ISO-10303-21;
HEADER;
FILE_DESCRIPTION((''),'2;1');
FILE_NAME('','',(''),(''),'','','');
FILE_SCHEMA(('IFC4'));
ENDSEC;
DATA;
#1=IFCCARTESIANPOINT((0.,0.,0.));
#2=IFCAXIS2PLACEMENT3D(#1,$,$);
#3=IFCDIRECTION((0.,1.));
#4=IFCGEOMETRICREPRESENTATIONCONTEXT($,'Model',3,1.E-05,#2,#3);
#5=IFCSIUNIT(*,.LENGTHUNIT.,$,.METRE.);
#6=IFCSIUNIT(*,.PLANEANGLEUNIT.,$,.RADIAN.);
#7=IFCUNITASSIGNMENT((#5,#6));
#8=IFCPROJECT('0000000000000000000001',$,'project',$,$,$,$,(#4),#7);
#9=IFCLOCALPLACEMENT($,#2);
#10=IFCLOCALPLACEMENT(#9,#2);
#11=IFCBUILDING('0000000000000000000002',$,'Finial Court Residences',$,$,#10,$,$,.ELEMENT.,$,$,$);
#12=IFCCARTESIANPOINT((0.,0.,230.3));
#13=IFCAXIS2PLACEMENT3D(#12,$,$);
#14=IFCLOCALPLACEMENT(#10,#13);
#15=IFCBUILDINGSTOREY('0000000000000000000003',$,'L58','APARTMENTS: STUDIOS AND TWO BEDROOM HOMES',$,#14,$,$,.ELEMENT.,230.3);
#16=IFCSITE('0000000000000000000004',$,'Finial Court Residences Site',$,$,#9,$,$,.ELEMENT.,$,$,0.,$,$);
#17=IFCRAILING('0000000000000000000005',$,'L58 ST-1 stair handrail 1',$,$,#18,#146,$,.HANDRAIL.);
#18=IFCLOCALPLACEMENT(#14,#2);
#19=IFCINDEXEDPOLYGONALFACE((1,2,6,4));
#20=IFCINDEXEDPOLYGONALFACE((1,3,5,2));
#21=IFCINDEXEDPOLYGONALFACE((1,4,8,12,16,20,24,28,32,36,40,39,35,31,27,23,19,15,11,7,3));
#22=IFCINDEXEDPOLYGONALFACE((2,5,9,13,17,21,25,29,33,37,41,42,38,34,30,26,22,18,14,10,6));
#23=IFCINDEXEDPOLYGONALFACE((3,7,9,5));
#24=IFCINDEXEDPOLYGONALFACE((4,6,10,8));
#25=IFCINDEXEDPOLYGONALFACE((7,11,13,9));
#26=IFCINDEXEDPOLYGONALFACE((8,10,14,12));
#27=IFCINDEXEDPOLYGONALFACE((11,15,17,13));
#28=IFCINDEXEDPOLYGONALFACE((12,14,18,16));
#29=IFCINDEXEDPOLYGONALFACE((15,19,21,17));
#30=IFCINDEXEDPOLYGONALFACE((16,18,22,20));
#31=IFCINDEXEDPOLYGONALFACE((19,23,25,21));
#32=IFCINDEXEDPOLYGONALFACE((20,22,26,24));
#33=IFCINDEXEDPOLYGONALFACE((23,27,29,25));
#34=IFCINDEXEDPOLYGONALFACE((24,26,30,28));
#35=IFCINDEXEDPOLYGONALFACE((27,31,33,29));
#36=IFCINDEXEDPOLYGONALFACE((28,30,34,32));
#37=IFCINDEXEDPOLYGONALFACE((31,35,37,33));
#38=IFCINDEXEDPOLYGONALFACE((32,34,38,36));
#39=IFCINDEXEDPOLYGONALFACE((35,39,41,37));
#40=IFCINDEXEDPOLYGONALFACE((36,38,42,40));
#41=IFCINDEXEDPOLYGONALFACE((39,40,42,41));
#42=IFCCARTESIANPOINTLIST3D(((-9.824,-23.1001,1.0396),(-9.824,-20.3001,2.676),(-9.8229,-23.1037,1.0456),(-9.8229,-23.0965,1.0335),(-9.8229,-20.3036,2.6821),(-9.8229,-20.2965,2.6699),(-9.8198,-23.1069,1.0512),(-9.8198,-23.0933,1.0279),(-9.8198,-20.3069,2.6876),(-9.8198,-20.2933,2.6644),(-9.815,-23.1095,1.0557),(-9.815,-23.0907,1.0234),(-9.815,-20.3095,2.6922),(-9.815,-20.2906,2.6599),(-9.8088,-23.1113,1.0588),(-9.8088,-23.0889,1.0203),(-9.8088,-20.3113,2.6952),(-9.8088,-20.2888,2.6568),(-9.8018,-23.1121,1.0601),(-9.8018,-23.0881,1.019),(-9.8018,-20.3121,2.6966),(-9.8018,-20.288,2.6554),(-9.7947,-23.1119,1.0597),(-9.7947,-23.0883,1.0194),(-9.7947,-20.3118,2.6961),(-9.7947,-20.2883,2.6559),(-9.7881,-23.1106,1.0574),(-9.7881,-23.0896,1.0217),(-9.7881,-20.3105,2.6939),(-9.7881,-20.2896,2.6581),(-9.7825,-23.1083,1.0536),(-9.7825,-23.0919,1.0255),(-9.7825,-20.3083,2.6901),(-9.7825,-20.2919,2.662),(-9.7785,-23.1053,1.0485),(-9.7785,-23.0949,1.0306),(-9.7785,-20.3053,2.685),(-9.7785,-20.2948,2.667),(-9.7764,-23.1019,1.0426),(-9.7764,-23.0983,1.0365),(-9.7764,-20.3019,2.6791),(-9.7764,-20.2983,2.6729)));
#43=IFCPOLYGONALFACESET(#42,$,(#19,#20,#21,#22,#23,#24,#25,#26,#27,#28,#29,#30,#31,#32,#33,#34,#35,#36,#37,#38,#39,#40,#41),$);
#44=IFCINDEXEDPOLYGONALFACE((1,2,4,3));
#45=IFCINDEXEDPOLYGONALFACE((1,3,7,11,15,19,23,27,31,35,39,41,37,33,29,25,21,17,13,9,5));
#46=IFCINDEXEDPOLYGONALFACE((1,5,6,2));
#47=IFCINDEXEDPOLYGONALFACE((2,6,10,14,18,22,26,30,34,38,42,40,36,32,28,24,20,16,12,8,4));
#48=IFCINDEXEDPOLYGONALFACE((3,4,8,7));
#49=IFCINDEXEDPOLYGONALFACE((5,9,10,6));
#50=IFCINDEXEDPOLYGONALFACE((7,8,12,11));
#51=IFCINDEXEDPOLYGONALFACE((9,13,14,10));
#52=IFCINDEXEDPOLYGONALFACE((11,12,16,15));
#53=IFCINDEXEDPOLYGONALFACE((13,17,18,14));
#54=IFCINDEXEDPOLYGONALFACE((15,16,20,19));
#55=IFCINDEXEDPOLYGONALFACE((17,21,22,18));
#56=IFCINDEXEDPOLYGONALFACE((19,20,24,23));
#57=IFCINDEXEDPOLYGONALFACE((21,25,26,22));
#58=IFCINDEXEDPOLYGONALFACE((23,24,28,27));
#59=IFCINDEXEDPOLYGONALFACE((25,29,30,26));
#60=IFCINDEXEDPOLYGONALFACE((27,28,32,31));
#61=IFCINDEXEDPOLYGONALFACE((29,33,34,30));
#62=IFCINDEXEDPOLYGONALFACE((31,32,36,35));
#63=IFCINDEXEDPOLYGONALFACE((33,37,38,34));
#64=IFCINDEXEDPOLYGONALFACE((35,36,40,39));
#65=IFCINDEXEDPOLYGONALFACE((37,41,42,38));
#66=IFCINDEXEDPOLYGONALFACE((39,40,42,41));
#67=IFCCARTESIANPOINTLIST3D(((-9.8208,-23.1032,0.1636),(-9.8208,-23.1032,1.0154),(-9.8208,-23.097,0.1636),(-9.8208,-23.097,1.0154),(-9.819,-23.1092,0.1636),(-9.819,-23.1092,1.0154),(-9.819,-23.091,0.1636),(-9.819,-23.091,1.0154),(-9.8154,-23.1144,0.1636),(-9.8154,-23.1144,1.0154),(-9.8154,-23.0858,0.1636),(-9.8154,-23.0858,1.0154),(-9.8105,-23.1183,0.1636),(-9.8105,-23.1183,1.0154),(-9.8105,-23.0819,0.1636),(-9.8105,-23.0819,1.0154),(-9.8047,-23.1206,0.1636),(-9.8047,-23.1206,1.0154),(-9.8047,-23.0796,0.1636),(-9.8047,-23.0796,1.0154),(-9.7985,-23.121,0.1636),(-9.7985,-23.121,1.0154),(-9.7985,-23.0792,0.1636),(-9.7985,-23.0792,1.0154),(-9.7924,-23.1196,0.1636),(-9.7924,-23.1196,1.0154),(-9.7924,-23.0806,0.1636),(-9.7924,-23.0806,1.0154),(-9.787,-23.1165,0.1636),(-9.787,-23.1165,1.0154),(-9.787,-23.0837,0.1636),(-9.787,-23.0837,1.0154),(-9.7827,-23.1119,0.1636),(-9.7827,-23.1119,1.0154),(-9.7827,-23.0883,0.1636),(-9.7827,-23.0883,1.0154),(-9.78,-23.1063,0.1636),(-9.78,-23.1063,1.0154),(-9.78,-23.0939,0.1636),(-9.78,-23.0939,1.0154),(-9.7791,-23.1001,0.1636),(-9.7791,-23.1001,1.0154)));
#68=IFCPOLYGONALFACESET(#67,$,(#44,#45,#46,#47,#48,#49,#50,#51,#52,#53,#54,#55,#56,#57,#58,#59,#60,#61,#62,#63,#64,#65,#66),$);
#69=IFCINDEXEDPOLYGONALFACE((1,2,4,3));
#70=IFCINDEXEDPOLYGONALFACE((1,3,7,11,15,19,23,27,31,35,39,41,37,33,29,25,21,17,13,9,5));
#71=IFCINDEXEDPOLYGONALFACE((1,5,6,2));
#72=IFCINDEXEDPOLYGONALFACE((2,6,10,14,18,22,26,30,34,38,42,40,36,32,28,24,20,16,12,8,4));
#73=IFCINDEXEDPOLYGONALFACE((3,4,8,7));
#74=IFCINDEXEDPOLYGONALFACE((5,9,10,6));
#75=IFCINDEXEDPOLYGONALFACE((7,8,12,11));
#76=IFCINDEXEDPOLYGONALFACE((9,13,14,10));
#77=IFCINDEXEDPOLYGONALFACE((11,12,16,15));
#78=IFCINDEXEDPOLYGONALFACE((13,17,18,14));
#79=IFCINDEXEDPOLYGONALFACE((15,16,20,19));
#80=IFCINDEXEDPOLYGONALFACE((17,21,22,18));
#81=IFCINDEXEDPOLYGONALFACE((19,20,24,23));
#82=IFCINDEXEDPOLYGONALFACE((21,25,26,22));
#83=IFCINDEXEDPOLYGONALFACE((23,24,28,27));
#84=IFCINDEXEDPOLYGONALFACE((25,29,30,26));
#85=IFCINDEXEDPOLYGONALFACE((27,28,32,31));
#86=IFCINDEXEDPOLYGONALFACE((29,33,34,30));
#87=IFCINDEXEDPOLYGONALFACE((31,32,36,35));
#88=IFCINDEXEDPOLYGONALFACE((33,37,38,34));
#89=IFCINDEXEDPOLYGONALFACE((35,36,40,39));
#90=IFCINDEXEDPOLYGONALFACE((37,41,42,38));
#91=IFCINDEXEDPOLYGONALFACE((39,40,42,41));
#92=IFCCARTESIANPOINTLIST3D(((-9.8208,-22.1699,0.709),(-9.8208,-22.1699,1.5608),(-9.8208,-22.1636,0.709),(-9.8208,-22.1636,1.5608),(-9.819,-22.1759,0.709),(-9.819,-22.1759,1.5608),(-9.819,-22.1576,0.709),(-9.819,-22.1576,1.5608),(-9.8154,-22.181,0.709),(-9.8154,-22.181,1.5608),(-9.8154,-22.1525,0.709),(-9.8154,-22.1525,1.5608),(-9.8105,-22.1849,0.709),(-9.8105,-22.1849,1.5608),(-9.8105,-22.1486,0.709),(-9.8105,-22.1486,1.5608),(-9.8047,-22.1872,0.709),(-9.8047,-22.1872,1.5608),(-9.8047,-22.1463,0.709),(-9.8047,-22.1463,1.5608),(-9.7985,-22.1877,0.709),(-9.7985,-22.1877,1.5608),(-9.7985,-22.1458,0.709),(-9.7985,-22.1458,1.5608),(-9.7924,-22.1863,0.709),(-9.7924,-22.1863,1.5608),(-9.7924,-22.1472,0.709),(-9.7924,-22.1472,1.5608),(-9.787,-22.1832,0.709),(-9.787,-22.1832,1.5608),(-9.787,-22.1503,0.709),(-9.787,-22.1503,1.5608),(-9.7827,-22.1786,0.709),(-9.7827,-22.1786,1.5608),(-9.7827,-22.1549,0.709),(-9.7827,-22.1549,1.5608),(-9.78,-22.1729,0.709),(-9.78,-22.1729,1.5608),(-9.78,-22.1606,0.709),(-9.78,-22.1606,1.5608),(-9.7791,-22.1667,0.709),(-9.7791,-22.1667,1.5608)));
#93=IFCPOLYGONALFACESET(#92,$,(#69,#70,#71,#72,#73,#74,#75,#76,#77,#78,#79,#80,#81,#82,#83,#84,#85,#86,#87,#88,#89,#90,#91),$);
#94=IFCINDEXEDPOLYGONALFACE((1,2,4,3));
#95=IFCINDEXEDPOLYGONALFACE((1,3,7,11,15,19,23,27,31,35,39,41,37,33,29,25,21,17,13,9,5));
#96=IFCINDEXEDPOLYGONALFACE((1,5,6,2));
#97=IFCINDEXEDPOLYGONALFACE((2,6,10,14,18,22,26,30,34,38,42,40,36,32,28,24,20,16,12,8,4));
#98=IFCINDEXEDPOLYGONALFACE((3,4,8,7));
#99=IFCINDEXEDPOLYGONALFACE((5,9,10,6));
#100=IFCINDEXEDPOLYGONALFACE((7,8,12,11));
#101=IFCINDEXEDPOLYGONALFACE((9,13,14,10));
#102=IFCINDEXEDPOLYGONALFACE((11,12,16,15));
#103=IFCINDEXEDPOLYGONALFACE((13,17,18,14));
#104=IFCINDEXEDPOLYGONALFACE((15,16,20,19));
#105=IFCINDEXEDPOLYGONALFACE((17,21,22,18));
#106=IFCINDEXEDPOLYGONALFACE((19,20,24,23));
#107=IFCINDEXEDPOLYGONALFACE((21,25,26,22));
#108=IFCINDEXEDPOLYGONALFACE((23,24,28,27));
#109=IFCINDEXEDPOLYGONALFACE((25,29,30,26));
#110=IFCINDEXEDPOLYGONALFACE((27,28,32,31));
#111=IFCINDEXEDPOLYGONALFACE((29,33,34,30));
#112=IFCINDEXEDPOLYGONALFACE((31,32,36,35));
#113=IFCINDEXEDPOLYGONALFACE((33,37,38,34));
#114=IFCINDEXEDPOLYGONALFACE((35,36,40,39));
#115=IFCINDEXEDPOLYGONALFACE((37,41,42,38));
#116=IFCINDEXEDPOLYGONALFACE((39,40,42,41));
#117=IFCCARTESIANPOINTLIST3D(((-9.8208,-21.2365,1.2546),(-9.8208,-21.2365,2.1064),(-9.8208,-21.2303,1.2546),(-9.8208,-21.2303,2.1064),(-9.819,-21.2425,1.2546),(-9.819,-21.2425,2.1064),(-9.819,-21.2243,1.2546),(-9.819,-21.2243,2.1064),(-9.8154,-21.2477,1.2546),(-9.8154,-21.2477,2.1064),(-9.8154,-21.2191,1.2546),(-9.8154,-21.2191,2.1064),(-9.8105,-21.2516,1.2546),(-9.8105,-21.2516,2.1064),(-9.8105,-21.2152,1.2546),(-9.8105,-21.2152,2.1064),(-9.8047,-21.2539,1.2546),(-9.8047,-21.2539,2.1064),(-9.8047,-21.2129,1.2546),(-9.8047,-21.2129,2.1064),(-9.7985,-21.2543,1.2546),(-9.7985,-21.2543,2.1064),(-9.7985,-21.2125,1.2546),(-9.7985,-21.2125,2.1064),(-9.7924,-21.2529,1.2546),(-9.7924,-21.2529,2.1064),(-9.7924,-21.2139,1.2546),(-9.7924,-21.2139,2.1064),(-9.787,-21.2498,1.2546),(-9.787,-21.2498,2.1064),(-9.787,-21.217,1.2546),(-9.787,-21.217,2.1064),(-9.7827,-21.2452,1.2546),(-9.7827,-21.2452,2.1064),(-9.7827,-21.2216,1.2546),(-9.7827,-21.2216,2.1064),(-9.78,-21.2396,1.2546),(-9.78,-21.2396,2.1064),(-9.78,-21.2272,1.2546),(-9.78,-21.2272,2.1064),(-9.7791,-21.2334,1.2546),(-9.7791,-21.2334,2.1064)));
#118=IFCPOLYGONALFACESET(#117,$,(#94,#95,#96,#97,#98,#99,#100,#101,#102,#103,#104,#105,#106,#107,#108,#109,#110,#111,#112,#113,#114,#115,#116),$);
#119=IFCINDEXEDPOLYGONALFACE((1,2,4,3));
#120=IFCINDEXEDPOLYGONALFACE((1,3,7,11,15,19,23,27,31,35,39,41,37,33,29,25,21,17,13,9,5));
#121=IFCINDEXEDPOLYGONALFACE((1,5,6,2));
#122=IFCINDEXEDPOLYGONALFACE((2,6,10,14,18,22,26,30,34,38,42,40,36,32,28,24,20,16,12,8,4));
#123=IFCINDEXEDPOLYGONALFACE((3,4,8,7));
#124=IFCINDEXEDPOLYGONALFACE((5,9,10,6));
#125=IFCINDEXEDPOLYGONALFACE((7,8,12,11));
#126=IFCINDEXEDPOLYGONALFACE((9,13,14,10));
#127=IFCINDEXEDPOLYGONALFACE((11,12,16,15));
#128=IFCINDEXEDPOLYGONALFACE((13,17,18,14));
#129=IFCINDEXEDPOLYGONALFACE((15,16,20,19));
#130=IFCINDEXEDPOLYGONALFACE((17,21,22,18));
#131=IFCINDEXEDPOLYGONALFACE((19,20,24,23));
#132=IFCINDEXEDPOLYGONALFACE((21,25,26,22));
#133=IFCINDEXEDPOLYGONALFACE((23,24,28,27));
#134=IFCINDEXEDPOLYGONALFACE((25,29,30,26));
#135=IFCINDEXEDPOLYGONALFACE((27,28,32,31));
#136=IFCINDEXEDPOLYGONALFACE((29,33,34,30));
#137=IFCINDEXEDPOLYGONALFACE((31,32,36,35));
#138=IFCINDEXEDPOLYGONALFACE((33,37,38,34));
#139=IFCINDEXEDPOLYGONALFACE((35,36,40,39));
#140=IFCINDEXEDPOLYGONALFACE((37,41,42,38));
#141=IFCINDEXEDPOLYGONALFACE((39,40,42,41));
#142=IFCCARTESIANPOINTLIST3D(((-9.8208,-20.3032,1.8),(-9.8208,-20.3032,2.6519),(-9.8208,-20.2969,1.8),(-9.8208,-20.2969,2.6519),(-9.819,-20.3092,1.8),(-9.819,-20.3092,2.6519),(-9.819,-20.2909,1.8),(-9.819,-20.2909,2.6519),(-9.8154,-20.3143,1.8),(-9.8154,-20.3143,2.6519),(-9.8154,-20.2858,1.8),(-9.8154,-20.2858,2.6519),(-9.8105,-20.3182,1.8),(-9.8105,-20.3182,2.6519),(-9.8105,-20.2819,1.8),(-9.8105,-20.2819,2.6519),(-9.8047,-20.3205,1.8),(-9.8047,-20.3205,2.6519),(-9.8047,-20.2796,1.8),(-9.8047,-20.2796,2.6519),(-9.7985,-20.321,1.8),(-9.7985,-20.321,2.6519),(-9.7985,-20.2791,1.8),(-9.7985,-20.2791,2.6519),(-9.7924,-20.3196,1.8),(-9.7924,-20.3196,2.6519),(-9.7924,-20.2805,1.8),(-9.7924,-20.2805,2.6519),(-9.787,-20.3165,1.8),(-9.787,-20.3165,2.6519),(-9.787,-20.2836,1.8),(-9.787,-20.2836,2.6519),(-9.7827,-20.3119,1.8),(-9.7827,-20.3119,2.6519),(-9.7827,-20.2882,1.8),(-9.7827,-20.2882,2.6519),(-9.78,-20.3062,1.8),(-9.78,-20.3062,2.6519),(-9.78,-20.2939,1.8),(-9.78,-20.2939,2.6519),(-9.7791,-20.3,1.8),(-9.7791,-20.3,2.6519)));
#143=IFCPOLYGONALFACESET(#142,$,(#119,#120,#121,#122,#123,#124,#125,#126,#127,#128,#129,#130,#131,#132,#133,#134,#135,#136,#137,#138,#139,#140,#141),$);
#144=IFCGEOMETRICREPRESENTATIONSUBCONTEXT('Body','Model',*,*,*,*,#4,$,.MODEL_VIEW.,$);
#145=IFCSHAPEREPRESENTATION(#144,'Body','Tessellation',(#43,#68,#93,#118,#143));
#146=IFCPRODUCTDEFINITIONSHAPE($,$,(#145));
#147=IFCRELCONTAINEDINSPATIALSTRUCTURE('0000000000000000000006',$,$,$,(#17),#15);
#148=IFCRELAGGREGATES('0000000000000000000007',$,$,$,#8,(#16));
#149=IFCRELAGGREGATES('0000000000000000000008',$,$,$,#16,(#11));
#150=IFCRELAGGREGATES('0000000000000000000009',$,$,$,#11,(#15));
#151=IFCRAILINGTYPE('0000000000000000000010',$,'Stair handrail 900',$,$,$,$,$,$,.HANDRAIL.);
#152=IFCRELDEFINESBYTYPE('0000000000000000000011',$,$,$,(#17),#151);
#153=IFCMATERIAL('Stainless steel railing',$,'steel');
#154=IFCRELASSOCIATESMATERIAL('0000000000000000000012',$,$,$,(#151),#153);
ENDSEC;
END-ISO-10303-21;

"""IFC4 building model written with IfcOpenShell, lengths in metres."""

from ifc_helpers import new_model, si_unit, direction, frame, origin, origin_2d, place, context, subcontext, project, spatial, circle, extrude, material, type_object, element, save


model = new_model("IFC4")

# Units and contexts
model_context = context("Model", 3, precision=1e-05, world=origin(), true_north=direction((0.0, 1.0)))
body_context = subcontext(model_context, "Body", "Model", "MODEL_VIEW")
ifc_project = project(units=[si_unit("LENGTHUNIT", "METRE"), si_unit("PLANEANGLEUNIT", "RADIAN")], contexts=[model_context])

# Site, building, storey
site_placement = place(None, origin())
site = spatial("IfcSite", under=ifc_project, at=site_placement, Name="Finial Court Residences Site", CompositionType="ELEMENT", RefElevation=0.0)
building_placement = place(site_placement, origin())
building = spatial("IfcBuilding", under=site, at=building_placement, Name="Finial Court Residences", CompositionType="ELEMENT")
storey_placement = place(building_placement, frame((0.0, 0.0, 230.3)))
storey = spatial("IfcBuildingStorey", under=building, at=storey_placement, Name="L58", Description="APARTMENTS: STUDIOS AND TWO BEDROOM HOMES", CompositionType="ELEMENT", Elevation=230.3)

# Railing
ifc_material_1 = material(Name="Stainless steel railing", Category="steel")
railing_type_1 = type_object("IfcRailingType", Name="Stair handrail 900", PredefinedType="HANDRAIL", material=ifc_material_1)
railing_1_placement = place(storey_placement, frame((-9.8, -23.1001, 0.1636)))
element("IfcRailing", 1, at=railing_1_placement, inside=storey, type_object=railing_type_1, Name="L58 ST-1 stair handrail 1", PredefinedType="HANDRAIL", context=body_context, shape_type="SweptSolid", body=[
    extrude(circle(Radius=0.0239, at=origin_2d()), frame((0.0, 0.0, 0.876), z_axis=(0.0, 0.863361, 0.504587), x_axis=(-1.0, 0.0, 0.0)), (0.0, 0.0, 1.0), 3.2432),
    extrude(circle(Radius=0.021, at=origin_2d()), origin(), (0.0, 0.0, 1.0), 0.8518),
    extrude(circle(Radius=0.021, at=origin_2d()), frame((0.0, 0.9333, 0.5454)), (0.0, 0.0, 1.0), 0.8518),
    extrude(circle(Radius=0.021, at=origin_2d()), frame((0.0, 1.8667, 1.0911)), (0.0, 0.0, 1.0), 0.8518),
    extrude(circle(Radius=0.021, at=origin_2d()), frame((0.0, 2.8, 1.6365)), (0.0, 0.0, 1.0), 0.8518),
])

save(model, "model.ifc")
